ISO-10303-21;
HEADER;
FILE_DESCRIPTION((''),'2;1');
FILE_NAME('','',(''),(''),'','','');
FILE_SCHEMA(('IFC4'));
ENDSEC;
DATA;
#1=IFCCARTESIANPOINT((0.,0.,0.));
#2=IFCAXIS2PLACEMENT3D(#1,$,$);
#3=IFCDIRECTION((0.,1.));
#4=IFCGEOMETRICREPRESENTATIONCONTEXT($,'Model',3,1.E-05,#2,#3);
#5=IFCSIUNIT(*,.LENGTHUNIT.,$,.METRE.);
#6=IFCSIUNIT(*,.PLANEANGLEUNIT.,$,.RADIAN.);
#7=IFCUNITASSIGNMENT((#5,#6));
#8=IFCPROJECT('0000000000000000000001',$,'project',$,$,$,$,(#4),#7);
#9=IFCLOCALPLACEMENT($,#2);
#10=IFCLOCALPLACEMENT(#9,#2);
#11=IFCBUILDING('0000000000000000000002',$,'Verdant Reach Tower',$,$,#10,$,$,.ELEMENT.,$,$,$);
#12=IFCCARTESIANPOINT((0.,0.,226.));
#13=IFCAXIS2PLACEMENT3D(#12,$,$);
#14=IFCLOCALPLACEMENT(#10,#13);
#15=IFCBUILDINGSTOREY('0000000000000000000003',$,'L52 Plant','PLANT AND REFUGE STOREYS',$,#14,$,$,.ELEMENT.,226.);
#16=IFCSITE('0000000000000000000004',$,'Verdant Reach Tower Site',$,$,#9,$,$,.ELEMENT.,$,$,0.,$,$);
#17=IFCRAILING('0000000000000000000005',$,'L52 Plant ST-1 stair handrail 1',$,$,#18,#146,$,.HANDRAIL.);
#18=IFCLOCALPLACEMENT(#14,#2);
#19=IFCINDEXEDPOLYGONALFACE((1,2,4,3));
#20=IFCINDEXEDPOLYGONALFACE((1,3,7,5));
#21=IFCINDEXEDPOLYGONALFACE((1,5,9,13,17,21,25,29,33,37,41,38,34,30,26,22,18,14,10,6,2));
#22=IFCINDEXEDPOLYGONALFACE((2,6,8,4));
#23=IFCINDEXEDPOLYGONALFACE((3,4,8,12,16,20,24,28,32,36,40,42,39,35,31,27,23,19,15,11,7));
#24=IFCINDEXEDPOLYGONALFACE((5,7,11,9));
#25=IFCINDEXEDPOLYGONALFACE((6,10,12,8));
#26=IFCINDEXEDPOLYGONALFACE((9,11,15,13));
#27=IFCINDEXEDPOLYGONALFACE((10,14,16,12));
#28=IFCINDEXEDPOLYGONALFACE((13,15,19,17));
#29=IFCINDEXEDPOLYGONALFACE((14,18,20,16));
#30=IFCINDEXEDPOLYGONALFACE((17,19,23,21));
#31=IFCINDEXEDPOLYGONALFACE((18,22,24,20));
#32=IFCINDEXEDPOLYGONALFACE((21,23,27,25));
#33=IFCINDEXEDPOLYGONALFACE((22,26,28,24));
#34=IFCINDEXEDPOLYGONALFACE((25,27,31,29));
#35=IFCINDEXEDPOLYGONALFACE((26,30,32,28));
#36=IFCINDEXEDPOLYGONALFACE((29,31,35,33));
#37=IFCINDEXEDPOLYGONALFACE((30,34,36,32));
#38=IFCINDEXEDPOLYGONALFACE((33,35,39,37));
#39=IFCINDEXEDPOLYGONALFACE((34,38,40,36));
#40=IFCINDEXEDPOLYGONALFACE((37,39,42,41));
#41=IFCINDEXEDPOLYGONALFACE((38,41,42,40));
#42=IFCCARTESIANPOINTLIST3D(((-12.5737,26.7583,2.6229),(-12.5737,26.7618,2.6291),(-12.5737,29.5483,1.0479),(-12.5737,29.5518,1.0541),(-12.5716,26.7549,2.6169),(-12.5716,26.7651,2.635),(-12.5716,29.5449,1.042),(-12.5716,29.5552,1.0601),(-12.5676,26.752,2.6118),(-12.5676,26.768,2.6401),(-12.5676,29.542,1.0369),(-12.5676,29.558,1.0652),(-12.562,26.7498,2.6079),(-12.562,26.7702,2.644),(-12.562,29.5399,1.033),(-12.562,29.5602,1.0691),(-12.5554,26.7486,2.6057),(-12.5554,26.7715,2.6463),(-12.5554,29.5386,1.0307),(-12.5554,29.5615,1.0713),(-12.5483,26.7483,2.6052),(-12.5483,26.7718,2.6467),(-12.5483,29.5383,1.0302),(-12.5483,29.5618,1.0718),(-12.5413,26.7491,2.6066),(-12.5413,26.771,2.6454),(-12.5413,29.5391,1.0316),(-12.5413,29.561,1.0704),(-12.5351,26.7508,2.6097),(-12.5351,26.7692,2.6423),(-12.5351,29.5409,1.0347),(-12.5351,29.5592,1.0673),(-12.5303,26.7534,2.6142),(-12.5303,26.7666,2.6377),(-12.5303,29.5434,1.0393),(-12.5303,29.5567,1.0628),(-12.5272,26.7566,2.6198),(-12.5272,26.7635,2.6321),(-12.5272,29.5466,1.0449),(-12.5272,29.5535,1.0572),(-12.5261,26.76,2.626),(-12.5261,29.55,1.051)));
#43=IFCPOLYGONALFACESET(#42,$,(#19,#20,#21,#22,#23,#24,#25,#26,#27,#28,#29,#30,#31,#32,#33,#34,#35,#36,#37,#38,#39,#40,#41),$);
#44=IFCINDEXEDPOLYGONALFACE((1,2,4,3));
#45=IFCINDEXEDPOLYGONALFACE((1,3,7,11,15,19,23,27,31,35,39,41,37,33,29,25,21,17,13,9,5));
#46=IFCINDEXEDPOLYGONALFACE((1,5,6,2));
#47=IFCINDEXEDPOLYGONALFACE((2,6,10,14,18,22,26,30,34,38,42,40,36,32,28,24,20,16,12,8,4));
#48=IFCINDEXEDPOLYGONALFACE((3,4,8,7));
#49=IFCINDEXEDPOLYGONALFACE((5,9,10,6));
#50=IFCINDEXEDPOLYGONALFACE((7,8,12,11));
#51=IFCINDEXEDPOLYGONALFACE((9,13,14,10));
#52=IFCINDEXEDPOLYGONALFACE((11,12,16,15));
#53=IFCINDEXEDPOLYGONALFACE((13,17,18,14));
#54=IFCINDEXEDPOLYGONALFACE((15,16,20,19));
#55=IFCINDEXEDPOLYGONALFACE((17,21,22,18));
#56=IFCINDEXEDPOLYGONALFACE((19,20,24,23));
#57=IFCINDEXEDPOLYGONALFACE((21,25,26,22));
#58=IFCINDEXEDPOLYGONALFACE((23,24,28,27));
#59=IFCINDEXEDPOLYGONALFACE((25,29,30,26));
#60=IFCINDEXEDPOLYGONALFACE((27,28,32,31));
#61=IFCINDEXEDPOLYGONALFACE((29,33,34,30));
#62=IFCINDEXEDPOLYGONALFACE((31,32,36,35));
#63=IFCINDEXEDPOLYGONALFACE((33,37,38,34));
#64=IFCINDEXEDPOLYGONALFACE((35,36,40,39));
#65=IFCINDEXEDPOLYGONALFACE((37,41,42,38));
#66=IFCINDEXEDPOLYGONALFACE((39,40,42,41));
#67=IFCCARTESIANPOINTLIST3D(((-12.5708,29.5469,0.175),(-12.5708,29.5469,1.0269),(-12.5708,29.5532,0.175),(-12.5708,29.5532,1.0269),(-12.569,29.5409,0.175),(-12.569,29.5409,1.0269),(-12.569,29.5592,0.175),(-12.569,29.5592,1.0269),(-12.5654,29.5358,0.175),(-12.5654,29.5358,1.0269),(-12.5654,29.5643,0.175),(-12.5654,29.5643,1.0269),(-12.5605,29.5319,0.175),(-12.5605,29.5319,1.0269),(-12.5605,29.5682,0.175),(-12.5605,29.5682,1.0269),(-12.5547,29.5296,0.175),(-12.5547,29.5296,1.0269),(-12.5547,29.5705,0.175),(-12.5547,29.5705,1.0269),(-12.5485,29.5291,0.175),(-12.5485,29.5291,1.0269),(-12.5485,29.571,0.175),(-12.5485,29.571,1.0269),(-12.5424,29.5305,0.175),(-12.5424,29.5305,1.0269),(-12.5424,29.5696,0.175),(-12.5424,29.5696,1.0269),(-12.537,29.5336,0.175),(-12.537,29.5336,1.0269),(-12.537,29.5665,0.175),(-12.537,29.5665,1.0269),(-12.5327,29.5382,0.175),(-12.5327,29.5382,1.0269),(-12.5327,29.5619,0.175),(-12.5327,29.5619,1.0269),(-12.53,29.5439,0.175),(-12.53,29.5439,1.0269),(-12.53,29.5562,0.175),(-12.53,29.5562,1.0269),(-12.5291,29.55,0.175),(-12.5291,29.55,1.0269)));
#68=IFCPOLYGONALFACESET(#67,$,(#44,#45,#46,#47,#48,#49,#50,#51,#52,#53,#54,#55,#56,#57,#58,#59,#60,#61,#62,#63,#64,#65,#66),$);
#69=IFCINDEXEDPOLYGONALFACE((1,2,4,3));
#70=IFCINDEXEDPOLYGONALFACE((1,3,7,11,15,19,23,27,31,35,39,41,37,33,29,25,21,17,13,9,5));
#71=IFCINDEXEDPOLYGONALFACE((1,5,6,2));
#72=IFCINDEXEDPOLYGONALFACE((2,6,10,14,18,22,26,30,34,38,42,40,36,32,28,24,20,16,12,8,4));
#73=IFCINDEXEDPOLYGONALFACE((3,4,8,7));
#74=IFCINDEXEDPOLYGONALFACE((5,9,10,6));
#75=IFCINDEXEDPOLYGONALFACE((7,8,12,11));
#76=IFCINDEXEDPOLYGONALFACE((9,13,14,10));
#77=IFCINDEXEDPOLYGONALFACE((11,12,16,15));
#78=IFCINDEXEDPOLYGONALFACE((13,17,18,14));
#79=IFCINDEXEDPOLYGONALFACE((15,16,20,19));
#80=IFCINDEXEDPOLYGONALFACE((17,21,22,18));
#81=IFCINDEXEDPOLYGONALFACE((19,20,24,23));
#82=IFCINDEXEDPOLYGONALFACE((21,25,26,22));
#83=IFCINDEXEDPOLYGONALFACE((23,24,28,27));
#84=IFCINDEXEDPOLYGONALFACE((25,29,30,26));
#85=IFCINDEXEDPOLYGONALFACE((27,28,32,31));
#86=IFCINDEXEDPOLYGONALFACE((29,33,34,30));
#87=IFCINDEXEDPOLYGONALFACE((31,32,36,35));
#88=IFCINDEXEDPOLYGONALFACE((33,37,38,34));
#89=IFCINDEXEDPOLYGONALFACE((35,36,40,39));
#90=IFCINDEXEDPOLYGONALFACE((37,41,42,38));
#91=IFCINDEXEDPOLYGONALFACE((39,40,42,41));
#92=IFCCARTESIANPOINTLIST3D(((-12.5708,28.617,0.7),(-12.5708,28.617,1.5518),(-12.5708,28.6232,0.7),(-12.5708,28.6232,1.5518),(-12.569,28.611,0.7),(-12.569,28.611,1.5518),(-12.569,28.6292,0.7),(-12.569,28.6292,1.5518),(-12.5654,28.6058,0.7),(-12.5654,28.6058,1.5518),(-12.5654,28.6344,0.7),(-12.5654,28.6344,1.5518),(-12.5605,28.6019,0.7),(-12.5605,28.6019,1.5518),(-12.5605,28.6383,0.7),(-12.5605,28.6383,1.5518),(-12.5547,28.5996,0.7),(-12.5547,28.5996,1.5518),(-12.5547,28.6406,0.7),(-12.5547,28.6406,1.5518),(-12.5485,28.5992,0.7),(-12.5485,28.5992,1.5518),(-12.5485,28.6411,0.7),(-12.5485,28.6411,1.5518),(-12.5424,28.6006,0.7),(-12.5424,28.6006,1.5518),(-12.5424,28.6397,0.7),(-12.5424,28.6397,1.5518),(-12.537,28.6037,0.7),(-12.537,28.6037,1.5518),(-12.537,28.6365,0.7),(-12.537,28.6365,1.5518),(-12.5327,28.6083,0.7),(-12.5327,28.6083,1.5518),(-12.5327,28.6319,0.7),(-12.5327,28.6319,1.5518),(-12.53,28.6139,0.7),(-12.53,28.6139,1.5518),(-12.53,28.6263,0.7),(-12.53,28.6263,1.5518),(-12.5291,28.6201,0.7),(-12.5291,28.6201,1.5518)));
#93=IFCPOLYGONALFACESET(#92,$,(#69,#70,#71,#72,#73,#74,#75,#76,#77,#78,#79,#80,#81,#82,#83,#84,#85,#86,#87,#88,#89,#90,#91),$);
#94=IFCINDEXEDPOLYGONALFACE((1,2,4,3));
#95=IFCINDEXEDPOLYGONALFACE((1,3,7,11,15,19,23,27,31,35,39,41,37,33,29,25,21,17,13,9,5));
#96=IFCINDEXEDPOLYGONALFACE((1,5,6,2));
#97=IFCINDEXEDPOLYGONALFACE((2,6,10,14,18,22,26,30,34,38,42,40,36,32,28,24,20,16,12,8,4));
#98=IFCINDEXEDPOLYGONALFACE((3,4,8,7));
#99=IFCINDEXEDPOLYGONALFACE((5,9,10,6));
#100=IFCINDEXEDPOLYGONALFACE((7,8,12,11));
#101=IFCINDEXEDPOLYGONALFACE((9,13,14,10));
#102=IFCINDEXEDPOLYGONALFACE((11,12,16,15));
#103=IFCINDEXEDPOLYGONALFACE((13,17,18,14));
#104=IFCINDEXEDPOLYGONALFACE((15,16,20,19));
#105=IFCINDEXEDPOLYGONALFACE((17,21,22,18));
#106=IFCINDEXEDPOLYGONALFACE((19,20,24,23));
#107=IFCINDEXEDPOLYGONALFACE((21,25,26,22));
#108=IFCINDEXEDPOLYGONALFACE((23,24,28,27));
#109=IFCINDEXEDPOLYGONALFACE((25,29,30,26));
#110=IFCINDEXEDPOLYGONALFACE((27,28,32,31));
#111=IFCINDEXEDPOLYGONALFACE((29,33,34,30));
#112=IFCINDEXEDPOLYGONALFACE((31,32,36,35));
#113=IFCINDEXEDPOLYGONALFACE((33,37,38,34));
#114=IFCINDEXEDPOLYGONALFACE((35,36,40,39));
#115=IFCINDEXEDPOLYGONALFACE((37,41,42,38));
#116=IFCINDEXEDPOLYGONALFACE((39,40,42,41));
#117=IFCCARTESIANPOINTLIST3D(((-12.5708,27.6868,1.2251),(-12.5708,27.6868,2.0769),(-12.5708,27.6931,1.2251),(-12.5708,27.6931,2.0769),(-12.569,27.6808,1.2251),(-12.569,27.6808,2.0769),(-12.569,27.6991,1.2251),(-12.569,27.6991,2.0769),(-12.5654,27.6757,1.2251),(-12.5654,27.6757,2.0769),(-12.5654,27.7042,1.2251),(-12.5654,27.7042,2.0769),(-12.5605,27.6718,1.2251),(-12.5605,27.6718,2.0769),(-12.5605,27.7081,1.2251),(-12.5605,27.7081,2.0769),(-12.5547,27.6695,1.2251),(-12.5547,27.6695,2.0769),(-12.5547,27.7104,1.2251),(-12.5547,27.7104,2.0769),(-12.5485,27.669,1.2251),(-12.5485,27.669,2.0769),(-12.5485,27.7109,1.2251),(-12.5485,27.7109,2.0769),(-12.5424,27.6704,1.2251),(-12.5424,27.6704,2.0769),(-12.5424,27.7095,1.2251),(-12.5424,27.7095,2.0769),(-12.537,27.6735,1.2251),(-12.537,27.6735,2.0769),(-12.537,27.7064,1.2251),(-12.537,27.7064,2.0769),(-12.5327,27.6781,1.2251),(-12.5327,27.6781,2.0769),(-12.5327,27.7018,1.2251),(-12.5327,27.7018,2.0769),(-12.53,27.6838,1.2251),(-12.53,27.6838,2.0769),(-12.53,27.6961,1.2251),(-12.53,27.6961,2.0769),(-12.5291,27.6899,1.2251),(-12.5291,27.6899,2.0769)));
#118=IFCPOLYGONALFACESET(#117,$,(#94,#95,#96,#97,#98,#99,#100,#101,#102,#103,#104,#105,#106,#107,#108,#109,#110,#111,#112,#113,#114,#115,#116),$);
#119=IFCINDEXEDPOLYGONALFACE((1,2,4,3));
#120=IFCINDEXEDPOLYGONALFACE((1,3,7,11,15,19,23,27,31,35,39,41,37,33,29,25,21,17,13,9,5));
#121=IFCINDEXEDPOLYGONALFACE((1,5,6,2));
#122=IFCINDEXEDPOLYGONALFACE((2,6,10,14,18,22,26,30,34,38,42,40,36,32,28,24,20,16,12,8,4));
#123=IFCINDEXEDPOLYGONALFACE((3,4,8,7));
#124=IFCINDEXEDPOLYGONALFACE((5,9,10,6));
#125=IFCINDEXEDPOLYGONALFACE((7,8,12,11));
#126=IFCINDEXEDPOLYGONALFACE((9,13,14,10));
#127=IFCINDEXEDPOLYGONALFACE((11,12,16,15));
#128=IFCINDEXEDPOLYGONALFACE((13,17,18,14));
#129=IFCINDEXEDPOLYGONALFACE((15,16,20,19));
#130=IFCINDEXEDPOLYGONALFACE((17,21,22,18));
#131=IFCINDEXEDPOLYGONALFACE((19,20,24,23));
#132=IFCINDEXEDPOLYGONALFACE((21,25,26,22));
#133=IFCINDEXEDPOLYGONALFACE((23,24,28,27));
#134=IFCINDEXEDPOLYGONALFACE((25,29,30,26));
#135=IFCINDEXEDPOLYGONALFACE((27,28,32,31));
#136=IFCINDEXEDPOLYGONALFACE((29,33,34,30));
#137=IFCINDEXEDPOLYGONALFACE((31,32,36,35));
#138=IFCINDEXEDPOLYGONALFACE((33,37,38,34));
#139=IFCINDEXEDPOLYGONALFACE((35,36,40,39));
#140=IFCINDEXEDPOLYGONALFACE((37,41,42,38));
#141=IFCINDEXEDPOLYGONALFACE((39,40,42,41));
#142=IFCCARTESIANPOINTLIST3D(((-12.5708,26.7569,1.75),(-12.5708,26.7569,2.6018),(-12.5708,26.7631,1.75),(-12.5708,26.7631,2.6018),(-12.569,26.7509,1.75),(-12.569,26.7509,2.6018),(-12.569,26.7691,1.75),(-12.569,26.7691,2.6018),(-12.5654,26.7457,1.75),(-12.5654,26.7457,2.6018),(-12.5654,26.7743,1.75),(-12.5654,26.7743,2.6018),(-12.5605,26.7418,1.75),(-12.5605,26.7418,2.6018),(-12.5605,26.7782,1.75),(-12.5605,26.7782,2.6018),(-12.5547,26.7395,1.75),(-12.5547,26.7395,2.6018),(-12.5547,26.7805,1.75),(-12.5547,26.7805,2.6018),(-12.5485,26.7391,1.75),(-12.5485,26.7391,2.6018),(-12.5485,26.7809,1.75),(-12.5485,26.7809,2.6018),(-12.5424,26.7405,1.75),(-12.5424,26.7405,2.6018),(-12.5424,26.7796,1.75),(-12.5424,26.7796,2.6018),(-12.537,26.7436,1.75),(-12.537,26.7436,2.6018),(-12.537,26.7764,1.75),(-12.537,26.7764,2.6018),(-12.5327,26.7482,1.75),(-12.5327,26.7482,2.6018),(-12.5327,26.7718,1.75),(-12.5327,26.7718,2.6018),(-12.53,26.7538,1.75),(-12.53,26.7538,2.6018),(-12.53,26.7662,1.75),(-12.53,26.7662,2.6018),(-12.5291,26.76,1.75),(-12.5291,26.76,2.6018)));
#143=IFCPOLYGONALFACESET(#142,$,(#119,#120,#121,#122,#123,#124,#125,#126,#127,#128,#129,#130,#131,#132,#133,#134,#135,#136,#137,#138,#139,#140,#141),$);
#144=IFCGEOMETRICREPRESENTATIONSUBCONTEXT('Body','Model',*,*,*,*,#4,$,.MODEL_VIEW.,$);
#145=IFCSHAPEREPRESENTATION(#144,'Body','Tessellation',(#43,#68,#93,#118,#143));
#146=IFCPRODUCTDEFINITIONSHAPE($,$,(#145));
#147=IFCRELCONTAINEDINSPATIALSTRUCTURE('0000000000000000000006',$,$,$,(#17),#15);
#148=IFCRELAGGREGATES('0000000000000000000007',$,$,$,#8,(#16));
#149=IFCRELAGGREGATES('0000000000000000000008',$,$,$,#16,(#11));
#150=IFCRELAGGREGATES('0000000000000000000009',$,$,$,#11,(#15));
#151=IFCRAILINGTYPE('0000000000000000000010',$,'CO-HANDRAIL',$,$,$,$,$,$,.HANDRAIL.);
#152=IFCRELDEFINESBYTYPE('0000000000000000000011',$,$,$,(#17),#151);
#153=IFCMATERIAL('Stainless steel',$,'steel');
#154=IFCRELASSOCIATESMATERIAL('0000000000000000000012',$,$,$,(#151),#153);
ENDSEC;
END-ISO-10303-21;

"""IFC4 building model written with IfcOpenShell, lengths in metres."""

from ifc_helpers import new_model, si_unit, direction, frame, origin, origin_2d, place, context, subcontext, project, spatial, circle, extrude, material, type_object, element, save


model = new_model("IFC4")

# Units and contexts
model_context = context("Model", 3, precision=1e-05, world=origin(), true_north=direction((0.0, 1.0)))
body_context = subcontext(model_context, "Body", "Model", "MODEL_VIEW")
ifc_project = project(units=[si_unit("LENGTHUNIT", "METRE"), si_unit("PLANEANGLEUNIT", "RADIAN")], contexts=[model_context])

# Site, building, storey
site_placement = place(None, origin())
site = spatial("IfcSite", under=ifc_project, at=site_placement, Name="Verdant Reach Tower Site", CompositionType="ELEMENT", RefElevation=0.0)
building_placement = place(site_placement, origin())
building = spatial("IfcBuilding", under=site, at=building_placement, Name="Verdant Reach Tower", CompositionType="ELEMENT")
storey_placement = place(building_placement, frame((0.0, 0.0, 226.0)))
storey = spatial("IfcBuildingStorey", under=building, at=storey_placement, Name="L52 Plant", Description="PLANT AND REFUGE STOREYS", CompositionType="ELEMENT", Elevation=226.0)

# Shared definitions
ifc_material_1 = material(Name="Stainless steel", Category="steel")

# Railing
railing_type_1 = type_object("IfcRailingType", Name="CO-HANDRAIL", PredefinedType="HANDRAIL", material=ifc_material_1)
for number, where, name in (
    (1, (-12.55, 29.55, 0.175), "L52 Plant ST-1 stair handrail 1"),
):
    element("IfcRailing", number, at=place(storey_placement, frame(where)), inside=storey, type_object=railing_type_1, Name=name, PredefinedType="HANDRAIL", context=body_context, shape_type="SweptSolid", body=[
        extrude(circle(Radius=0.0239, at=origin_2d()), frame((0.0, 0.0, 0.876), z_axis=(0.0, -0.870834, 0.491578), x_axis=(1.0, 0.0, 0.0)), (0.0, 0.0, 1.0), 3.2039),
        extrude(circle(Radius=0.021, at=origin_2d()), origin(), (0.0, 0.0, 1.0), 0.8518),
        extrude(circle(Radius=0.021, at=origin_2d()), frame((0.0, -0.9299, 0.5249)), (0.0, 0.0, 1.0), 0.8518),
        extrude(circle(Radius=0.021, at=origin_2d()), frame((0.0, -1.8601, 1.05)), (0.0, 0.0, 1.0), 0.8518),
        extrude(circle(Radius=0.021, at=origin_2d()), frame((0.0, -2.79, 1.575)), (0.0, 0.0, 1.0), 0.8518),
    ])

save(model, "model.ifc")
